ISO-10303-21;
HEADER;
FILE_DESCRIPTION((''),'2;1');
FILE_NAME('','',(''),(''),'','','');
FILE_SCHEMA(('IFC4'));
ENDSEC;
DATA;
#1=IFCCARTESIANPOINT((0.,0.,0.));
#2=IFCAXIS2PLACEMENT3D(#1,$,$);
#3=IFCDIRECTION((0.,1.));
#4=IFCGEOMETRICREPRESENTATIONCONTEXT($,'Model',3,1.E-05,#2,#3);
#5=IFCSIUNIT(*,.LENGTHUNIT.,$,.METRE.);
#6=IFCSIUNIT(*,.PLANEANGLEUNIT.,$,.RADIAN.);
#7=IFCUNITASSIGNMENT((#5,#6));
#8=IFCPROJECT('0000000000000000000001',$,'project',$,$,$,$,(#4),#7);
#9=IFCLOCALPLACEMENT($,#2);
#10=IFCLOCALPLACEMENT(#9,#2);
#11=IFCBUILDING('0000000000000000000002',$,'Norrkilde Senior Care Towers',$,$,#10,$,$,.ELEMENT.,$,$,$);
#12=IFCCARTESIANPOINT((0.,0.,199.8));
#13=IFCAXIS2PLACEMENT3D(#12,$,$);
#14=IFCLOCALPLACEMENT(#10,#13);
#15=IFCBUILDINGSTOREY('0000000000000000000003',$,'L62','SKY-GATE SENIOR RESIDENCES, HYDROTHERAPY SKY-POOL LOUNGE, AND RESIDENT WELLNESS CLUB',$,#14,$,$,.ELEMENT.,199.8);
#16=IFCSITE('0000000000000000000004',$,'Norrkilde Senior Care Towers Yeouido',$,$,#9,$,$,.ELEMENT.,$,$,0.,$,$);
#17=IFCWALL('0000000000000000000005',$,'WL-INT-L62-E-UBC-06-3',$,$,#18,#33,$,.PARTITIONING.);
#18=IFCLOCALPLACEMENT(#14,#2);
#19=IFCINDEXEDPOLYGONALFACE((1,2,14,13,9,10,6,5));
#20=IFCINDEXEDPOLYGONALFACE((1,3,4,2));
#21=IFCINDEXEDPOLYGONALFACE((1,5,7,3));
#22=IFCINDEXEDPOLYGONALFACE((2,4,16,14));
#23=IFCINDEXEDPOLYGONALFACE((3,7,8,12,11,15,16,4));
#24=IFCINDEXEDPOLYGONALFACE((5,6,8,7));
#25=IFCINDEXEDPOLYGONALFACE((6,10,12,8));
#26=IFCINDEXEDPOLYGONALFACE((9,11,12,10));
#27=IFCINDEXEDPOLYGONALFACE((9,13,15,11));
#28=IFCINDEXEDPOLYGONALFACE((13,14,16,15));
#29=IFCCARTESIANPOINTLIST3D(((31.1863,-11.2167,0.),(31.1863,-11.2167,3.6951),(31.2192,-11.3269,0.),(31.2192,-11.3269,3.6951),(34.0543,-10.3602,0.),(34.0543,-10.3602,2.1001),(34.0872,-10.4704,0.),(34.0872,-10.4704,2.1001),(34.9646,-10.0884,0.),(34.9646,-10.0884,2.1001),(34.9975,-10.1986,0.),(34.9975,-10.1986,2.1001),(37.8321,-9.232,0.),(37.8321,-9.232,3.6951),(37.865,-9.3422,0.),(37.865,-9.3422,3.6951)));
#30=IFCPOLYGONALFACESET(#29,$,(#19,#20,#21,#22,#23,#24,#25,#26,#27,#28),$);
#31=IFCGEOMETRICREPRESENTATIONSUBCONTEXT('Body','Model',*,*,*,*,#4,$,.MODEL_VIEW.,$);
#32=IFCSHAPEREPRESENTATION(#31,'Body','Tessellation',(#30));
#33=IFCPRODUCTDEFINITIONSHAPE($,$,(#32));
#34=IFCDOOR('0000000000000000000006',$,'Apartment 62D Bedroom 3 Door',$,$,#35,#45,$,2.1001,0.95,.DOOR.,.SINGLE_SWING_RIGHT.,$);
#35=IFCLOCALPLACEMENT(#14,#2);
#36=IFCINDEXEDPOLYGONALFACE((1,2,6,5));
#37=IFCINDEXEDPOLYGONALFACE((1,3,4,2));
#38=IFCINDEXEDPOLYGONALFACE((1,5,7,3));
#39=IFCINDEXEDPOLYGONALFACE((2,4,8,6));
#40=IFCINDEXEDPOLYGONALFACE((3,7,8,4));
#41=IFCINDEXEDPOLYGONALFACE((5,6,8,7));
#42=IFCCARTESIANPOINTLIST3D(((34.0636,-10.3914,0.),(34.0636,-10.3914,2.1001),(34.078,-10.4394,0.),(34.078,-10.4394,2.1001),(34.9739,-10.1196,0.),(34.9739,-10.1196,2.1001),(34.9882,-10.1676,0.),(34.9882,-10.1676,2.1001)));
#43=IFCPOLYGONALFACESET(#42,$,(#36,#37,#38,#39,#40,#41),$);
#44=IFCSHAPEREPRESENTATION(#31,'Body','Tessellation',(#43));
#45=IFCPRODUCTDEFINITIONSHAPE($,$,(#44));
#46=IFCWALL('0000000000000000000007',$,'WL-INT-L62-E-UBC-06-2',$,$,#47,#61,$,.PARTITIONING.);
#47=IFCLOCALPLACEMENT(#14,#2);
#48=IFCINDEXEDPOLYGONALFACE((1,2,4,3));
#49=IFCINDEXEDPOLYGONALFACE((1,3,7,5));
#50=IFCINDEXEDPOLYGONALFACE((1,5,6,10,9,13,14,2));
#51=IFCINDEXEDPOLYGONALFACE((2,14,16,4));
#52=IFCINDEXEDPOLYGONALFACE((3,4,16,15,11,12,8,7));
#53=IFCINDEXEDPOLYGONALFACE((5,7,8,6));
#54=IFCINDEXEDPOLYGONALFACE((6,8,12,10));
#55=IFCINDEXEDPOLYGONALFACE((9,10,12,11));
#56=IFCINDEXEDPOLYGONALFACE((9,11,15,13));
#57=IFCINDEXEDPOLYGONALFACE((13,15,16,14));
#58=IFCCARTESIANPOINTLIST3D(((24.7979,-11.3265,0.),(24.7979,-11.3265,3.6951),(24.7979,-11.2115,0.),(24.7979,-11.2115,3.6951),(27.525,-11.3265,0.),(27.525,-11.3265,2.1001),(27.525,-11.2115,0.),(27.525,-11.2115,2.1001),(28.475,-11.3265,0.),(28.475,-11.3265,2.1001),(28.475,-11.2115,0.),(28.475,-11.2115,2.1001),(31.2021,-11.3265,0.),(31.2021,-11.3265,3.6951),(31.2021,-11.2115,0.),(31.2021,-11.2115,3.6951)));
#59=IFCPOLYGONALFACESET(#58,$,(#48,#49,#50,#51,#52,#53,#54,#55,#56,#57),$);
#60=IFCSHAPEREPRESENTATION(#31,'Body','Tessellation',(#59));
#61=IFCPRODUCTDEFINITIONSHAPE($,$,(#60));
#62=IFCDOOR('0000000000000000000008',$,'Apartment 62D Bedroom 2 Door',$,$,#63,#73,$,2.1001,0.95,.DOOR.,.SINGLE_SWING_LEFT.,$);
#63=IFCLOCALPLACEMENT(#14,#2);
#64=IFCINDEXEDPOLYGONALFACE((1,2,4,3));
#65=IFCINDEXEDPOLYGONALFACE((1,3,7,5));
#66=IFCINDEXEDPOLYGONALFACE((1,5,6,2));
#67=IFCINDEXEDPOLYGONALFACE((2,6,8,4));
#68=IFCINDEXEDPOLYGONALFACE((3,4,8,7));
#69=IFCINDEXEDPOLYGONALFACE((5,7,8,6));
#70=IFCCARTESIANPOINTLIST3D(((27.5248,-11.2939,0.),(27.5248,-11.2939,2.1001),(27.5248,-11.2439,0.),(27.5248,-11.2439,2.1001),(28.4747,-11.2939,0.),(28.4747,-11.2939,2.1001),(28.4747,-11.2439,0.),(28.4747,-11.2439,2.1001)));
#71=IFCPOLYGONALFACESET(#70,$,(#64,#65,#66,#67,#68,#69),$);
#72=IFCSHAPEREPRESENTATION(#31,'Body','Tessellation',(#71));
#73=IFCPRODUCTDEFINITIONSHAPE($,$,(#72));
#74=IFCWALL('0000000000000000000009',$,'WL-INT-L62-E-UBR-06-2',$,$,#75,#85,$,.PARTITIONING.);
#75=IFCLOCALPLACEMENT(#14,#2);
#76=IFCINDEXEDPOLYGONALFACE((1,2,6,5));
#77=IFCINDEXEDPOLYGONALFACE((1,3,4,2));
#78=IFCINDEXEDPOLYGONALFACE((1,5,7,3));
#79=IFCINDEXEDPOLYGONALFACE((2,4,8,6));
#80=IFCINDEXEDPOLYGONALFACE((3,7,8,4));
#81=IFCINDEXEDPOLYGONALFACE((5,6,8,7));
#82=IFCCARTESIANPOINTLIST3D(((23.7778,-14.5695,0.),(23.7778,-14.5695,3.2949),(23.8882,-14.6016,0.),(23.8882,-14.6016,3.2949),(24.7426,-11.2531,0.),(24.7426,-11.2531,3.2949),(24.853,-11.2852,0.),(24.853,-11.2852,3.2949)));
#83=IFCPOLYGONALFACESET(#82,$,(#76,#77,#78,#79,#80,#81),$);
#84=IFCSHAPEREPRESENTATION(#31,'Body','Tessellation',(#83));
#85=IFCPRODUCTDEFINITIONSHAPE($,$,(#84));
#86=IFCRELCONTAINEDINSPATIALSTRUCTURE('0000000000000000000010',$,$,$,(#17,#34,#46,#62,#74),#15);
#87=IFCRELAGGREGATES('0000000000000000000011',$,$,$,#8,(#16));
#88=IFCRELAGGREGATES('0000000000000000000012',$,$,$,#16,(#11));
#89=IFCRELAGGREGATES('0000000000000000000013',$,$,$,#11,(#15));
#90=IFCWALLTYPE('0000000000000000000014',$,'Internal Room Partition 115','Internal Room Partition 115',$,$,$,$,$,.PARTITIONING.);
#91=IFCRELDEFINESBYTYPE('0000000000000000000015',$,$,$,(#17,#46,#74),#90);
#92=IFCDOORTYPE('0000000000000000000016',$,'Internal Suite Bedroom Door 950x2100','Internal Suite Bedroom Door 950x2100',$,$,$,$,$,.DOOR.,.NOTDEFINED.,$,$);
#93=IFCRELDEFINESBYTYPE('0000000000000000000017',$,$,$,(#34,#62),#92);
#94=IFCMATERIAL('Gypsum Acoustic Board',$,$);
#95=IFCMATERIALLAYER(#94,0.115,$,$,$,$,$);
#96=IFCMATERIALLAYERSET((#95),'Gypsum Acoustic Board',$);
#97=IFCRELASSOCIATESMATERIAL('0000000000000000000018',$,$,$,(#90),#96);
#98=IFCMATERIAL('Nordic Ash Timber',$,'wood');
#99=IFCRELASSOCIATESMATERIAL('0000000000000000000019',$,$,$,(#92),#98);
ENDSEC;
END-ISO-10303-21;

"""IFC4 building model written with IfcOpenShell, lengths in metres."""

from ifc_helpers import new_model, si_unit, direction, frame, frame_2d, origin, place, context, subcontext, project, spatial, rectangle, extrude, source, transform, mapped, material, layer, layer_set, type_object, type_shapes, element, fill, save


model = new_model("IFC4")

# Units and contexts
model_context = context("Model", 3, precision=1e-05, world=origin(), true_north=direction((0.0, 1.0)))
body_context = subcontext(model_context, "Body", "Model", "MODEL_VIEW")
ifc_project = project(units=[si_unit("LENGTHUNIT", "METRE"), si_unit("PLANEANGLEUNIT", "RADIAN")], contexts=[model_context])

# Site, building, storey
site_placement = place(None, origin())
site = spatial("IfcSite", under=ifc_project, at=site_placement, Name="Norrkilde Senior Care Towers Yeouido", CompositionType="ELEMENT", RefElevation=0.0)
building_placement = place(site_placement, origin())
building = spatial("IfcBuilding", under=site, at=building_placement, Name="Norrkilde Senior Care Towers", CompositionType="ELEMENT")
storey_placement = place(building_placement, frame((0.0, 0.0, 199.8)))
storey = spatial("IfcBuildingStorey", under=building, at=storey_placement, Name="L62", Description="SKY-GATE SENIOR RESIDENCES, HYDROTHERAPY SKY-POOL LOUNGE, AND RESIDENT WELLNESS CLUB", CompositionType="ELEMENT", Elevation=199.8)

# Shared definitions
ifc_material_1 = material(Name="Gypsum Acoustic Board")

# Walls, openings, doors
ifc_layer_1 = layer(ifc_material_1, 0.115)
ifc_layer_set_1 = layer_set([ifc_layer_1], Name="Gypsum Acoustic Board")
wall_type_1 = type_object("IfcWallType", Name="Internal Room Partition 115", Description="Internal Room Partition 115", PredefinedType="PARTITIONING", material=ifc_layer_set_1)
shared_shape_1 = source(origin(), body_context, "Body", "SweptSolid", [
    extrude(rectangle(XDim=6.9358, YDim=0.115, at=frame_2d((3.4678, 0.0))), origin(), (0.0, 0.0, 1.0), 3.6951),
])
wall_1_placement = place(storey_placement, frame((31.2029, -11.2717, 0.0), z_axis=(0.0, 0.0, 1.0), x_axis=(0.958187, 0.286143, 0.0)))
wall_1 = element("IfcWall", 1, at=wall_1_placement, inside=storey, type_object=wall_type_1, Name="WL-INT-L62-E-UBC-06-3", PredefinedType="PARTITIONING", context=body_context, shape_type="MappedRepresentation", body=[
    mapped(shared_shape_1, transform((0.0, 0.0, 0.0), x_axis=(1.0, 0.0, 0.0), y_axis=(0.0, 1.0, 0.0), z_axis=(0.0, 0.0, 1.0), scale=1.0)),
])
opening_1_placement = place(wall_1_placement, frame((2.9929, 0.0, 0.0)))
opening_1 = element("IfcOpeningElement", 2, at=opening_1_placement, cuts=wall_1, PredefinedType="OPENING", context=body_context, shape_type="SweptSolid", body=[
    extrude(rectangle(XDim=0.95, YDim=2.1001, at=frame_2d((0.4751, 1.05))), frame((0.0, 0.0674, 0.0), z_axis=(0.0, -1.0, 0.0), x_axis=(1.0, 0.0, 0.0)), (0.0, 0.0, 1.0), 0.135),
])
ifc_material_2 = material(Name="Nordic Ash Timber", Category="wood")
door_type = type_object("IfcDoorType", Name="Internal Suite Bedroom Door 950x2100", Description="Internal Suite Bedroom Door 950x2100", OperationType="NOTDEFINED", PredefinedType="DOOR", material=ifc_material_2)
shared_shape_2 = source(origin(), body_context, "Body", "SweptSolid", [
    extrude(rectangle(XDim=0.95, YDim=2.1001, at=frame_2d((0.4751, 1.05))), frame((0.0, 0.0249, 0.0), z_axis=(0.0, -1.0, 0.0), x_axis=(1.0, 0.0, 0.0)), (0.0, 0.0, 1.0), 0.05),
])
type_shapes(door_type, [shared_shape_2])
door_1_placement = place(opening_1_placement, origin())
door_1 = element("IfcDoor", 3, at=door_1_placement, inside=storey, type_object=door_type, Name="Apartment 62D Bedroom 3 Door", OperationType="SINGLE_SWING_RIGHT", OverallHeight=2.1001, OverallWidth=0.95, PredefinedType="DOOR", context=body_context, shape_type="MappedRepresentation", body=[
    mapped(shared_shape_2, transform((0.0, 0.0, 0.0), x_axis=(1.0, 0.0, 0.0), y_axis=(0.0, 1.0, 0.0), z_axis=(0.0, 0.0, 1.0), scale=1.0)),
])
fill(opening_1, door_1)
shared_shape_3 = source(origin(), body_context, "Body", "SweptSolid", [
    extrude(rectangle(XDim=6.4043, YDim=0.115, at=frame_2d((3.2021, 0.0))), origin(), (0.0, 0.0, 1.0), 3.6951),
])
wall_2_placement = place(storey_placement, frame((24.7979, -11.269, 0.0), z_axis=(0.0, 0.0, 1.0), x_axis=(1.0, 0.0, 0.0)))
wall_2 = element("IfcWall", 4, at=wall_2_placement, inside=storey, type_object=wall_type_1, Name="WL-INT-L62-E-UBC-06-2", PredefinedType="PARTITIONING", context=body_context, shape_type="MappedRepresentation", body=[
    mapped(shared_shape_3, transform((0.0, 0.0, 0.0), x_axis=(1.0, 0.0, 0.0), y_axis=(0.0, 1.0, 0.0), z_axis=(0.0, 0.0, 1.0), scale=1.0)),
])
opening_2_placement = place(wall_2_placement, frame((2.7271, 0.0, 0.0)))
opening_2 = element("IfcOpeningElement", 5, at=opening_2_placement, cuts=wall_2, PredefinedType="OPENING", context=body_context, shape_type="SweptSolid", body=[
    extrude(rectangle(XDim=0.95, YDim=2.1001, at=frame_2d((0.4751, 1.05))), frame((0.0, 0.0674, 0.0), z_axis=(0.0, -1.0, 0.0), x_axis=(1.0, 0.0, 0.0)), (0.0, 0.0, 1.0), 0.135),
])
door_2_placement = place(opening_2_placement, frame((0.95, 0.0, 0.0), z_axis=(0.0, 0.0, 1.0), x_axis=(-1.0, 0.0, 0.0)))
door_2 = element("IfcDoor", 6, at=door_2_placement, inside=storey, type_object=door_type, Name="Apartment 62D Bedroom 2 Door", OperationType="SINGLE_SWING_LEFT", OverallHeight=2.1001, OverallWidth=0.95, PredefinedType="DOOR", context=body_context, shape_type="MappedRepresentation", body=[
    mapped(shared_shape_2, transform((0.0, 0.0, 0.0), x_axis=(1.0, 0.0, 0.0), y_axis=(0.0, 1.0, 0.0), z_axis=(0.0, 0.0, 1.0), scale=1.0)),
])
fill(opening_2, door_2)

# Wall
shared_shape_4 = source(origin(), body_context, "Body", "SweptSolid", [
    extrude(rectangle(XDim=3.4539, YDim=0.115, at=frame_2d((1.7271, 0.0))), origin(), (0.0, 0.0, 1.0), 3.2949),
])
type_shapes(wall_type_1, [shared_shape_1, shared_shape_3, shared_shape_4])
wall_3_placement = place(storey_placement, frame((24.7979, -11.269, 0.0), z_axis=(0.0, 0.0, 1.0), x_axis=(-0.279348, -0.96019, 0.0)))
element("IfcWall", 7, at=wall_3_placement, inside=storey, type_object=wall_type_1, Name="WL-INT-L62-E-UBR-06-2", PredefinedType="PARTITIONING", context=body_context, shape_type="MappedRepresentation", body=[
    mapped(shared_shape_4, transform((0.0, 0.0, 0.0), x_axis=(1.0, 0.0, 0.0), y_axis=(0.0, 1.0, 0.0), z_axis=(0.0, 0.0, 1.0), scale=1.0)),
])

save(model, "model.ifc")
